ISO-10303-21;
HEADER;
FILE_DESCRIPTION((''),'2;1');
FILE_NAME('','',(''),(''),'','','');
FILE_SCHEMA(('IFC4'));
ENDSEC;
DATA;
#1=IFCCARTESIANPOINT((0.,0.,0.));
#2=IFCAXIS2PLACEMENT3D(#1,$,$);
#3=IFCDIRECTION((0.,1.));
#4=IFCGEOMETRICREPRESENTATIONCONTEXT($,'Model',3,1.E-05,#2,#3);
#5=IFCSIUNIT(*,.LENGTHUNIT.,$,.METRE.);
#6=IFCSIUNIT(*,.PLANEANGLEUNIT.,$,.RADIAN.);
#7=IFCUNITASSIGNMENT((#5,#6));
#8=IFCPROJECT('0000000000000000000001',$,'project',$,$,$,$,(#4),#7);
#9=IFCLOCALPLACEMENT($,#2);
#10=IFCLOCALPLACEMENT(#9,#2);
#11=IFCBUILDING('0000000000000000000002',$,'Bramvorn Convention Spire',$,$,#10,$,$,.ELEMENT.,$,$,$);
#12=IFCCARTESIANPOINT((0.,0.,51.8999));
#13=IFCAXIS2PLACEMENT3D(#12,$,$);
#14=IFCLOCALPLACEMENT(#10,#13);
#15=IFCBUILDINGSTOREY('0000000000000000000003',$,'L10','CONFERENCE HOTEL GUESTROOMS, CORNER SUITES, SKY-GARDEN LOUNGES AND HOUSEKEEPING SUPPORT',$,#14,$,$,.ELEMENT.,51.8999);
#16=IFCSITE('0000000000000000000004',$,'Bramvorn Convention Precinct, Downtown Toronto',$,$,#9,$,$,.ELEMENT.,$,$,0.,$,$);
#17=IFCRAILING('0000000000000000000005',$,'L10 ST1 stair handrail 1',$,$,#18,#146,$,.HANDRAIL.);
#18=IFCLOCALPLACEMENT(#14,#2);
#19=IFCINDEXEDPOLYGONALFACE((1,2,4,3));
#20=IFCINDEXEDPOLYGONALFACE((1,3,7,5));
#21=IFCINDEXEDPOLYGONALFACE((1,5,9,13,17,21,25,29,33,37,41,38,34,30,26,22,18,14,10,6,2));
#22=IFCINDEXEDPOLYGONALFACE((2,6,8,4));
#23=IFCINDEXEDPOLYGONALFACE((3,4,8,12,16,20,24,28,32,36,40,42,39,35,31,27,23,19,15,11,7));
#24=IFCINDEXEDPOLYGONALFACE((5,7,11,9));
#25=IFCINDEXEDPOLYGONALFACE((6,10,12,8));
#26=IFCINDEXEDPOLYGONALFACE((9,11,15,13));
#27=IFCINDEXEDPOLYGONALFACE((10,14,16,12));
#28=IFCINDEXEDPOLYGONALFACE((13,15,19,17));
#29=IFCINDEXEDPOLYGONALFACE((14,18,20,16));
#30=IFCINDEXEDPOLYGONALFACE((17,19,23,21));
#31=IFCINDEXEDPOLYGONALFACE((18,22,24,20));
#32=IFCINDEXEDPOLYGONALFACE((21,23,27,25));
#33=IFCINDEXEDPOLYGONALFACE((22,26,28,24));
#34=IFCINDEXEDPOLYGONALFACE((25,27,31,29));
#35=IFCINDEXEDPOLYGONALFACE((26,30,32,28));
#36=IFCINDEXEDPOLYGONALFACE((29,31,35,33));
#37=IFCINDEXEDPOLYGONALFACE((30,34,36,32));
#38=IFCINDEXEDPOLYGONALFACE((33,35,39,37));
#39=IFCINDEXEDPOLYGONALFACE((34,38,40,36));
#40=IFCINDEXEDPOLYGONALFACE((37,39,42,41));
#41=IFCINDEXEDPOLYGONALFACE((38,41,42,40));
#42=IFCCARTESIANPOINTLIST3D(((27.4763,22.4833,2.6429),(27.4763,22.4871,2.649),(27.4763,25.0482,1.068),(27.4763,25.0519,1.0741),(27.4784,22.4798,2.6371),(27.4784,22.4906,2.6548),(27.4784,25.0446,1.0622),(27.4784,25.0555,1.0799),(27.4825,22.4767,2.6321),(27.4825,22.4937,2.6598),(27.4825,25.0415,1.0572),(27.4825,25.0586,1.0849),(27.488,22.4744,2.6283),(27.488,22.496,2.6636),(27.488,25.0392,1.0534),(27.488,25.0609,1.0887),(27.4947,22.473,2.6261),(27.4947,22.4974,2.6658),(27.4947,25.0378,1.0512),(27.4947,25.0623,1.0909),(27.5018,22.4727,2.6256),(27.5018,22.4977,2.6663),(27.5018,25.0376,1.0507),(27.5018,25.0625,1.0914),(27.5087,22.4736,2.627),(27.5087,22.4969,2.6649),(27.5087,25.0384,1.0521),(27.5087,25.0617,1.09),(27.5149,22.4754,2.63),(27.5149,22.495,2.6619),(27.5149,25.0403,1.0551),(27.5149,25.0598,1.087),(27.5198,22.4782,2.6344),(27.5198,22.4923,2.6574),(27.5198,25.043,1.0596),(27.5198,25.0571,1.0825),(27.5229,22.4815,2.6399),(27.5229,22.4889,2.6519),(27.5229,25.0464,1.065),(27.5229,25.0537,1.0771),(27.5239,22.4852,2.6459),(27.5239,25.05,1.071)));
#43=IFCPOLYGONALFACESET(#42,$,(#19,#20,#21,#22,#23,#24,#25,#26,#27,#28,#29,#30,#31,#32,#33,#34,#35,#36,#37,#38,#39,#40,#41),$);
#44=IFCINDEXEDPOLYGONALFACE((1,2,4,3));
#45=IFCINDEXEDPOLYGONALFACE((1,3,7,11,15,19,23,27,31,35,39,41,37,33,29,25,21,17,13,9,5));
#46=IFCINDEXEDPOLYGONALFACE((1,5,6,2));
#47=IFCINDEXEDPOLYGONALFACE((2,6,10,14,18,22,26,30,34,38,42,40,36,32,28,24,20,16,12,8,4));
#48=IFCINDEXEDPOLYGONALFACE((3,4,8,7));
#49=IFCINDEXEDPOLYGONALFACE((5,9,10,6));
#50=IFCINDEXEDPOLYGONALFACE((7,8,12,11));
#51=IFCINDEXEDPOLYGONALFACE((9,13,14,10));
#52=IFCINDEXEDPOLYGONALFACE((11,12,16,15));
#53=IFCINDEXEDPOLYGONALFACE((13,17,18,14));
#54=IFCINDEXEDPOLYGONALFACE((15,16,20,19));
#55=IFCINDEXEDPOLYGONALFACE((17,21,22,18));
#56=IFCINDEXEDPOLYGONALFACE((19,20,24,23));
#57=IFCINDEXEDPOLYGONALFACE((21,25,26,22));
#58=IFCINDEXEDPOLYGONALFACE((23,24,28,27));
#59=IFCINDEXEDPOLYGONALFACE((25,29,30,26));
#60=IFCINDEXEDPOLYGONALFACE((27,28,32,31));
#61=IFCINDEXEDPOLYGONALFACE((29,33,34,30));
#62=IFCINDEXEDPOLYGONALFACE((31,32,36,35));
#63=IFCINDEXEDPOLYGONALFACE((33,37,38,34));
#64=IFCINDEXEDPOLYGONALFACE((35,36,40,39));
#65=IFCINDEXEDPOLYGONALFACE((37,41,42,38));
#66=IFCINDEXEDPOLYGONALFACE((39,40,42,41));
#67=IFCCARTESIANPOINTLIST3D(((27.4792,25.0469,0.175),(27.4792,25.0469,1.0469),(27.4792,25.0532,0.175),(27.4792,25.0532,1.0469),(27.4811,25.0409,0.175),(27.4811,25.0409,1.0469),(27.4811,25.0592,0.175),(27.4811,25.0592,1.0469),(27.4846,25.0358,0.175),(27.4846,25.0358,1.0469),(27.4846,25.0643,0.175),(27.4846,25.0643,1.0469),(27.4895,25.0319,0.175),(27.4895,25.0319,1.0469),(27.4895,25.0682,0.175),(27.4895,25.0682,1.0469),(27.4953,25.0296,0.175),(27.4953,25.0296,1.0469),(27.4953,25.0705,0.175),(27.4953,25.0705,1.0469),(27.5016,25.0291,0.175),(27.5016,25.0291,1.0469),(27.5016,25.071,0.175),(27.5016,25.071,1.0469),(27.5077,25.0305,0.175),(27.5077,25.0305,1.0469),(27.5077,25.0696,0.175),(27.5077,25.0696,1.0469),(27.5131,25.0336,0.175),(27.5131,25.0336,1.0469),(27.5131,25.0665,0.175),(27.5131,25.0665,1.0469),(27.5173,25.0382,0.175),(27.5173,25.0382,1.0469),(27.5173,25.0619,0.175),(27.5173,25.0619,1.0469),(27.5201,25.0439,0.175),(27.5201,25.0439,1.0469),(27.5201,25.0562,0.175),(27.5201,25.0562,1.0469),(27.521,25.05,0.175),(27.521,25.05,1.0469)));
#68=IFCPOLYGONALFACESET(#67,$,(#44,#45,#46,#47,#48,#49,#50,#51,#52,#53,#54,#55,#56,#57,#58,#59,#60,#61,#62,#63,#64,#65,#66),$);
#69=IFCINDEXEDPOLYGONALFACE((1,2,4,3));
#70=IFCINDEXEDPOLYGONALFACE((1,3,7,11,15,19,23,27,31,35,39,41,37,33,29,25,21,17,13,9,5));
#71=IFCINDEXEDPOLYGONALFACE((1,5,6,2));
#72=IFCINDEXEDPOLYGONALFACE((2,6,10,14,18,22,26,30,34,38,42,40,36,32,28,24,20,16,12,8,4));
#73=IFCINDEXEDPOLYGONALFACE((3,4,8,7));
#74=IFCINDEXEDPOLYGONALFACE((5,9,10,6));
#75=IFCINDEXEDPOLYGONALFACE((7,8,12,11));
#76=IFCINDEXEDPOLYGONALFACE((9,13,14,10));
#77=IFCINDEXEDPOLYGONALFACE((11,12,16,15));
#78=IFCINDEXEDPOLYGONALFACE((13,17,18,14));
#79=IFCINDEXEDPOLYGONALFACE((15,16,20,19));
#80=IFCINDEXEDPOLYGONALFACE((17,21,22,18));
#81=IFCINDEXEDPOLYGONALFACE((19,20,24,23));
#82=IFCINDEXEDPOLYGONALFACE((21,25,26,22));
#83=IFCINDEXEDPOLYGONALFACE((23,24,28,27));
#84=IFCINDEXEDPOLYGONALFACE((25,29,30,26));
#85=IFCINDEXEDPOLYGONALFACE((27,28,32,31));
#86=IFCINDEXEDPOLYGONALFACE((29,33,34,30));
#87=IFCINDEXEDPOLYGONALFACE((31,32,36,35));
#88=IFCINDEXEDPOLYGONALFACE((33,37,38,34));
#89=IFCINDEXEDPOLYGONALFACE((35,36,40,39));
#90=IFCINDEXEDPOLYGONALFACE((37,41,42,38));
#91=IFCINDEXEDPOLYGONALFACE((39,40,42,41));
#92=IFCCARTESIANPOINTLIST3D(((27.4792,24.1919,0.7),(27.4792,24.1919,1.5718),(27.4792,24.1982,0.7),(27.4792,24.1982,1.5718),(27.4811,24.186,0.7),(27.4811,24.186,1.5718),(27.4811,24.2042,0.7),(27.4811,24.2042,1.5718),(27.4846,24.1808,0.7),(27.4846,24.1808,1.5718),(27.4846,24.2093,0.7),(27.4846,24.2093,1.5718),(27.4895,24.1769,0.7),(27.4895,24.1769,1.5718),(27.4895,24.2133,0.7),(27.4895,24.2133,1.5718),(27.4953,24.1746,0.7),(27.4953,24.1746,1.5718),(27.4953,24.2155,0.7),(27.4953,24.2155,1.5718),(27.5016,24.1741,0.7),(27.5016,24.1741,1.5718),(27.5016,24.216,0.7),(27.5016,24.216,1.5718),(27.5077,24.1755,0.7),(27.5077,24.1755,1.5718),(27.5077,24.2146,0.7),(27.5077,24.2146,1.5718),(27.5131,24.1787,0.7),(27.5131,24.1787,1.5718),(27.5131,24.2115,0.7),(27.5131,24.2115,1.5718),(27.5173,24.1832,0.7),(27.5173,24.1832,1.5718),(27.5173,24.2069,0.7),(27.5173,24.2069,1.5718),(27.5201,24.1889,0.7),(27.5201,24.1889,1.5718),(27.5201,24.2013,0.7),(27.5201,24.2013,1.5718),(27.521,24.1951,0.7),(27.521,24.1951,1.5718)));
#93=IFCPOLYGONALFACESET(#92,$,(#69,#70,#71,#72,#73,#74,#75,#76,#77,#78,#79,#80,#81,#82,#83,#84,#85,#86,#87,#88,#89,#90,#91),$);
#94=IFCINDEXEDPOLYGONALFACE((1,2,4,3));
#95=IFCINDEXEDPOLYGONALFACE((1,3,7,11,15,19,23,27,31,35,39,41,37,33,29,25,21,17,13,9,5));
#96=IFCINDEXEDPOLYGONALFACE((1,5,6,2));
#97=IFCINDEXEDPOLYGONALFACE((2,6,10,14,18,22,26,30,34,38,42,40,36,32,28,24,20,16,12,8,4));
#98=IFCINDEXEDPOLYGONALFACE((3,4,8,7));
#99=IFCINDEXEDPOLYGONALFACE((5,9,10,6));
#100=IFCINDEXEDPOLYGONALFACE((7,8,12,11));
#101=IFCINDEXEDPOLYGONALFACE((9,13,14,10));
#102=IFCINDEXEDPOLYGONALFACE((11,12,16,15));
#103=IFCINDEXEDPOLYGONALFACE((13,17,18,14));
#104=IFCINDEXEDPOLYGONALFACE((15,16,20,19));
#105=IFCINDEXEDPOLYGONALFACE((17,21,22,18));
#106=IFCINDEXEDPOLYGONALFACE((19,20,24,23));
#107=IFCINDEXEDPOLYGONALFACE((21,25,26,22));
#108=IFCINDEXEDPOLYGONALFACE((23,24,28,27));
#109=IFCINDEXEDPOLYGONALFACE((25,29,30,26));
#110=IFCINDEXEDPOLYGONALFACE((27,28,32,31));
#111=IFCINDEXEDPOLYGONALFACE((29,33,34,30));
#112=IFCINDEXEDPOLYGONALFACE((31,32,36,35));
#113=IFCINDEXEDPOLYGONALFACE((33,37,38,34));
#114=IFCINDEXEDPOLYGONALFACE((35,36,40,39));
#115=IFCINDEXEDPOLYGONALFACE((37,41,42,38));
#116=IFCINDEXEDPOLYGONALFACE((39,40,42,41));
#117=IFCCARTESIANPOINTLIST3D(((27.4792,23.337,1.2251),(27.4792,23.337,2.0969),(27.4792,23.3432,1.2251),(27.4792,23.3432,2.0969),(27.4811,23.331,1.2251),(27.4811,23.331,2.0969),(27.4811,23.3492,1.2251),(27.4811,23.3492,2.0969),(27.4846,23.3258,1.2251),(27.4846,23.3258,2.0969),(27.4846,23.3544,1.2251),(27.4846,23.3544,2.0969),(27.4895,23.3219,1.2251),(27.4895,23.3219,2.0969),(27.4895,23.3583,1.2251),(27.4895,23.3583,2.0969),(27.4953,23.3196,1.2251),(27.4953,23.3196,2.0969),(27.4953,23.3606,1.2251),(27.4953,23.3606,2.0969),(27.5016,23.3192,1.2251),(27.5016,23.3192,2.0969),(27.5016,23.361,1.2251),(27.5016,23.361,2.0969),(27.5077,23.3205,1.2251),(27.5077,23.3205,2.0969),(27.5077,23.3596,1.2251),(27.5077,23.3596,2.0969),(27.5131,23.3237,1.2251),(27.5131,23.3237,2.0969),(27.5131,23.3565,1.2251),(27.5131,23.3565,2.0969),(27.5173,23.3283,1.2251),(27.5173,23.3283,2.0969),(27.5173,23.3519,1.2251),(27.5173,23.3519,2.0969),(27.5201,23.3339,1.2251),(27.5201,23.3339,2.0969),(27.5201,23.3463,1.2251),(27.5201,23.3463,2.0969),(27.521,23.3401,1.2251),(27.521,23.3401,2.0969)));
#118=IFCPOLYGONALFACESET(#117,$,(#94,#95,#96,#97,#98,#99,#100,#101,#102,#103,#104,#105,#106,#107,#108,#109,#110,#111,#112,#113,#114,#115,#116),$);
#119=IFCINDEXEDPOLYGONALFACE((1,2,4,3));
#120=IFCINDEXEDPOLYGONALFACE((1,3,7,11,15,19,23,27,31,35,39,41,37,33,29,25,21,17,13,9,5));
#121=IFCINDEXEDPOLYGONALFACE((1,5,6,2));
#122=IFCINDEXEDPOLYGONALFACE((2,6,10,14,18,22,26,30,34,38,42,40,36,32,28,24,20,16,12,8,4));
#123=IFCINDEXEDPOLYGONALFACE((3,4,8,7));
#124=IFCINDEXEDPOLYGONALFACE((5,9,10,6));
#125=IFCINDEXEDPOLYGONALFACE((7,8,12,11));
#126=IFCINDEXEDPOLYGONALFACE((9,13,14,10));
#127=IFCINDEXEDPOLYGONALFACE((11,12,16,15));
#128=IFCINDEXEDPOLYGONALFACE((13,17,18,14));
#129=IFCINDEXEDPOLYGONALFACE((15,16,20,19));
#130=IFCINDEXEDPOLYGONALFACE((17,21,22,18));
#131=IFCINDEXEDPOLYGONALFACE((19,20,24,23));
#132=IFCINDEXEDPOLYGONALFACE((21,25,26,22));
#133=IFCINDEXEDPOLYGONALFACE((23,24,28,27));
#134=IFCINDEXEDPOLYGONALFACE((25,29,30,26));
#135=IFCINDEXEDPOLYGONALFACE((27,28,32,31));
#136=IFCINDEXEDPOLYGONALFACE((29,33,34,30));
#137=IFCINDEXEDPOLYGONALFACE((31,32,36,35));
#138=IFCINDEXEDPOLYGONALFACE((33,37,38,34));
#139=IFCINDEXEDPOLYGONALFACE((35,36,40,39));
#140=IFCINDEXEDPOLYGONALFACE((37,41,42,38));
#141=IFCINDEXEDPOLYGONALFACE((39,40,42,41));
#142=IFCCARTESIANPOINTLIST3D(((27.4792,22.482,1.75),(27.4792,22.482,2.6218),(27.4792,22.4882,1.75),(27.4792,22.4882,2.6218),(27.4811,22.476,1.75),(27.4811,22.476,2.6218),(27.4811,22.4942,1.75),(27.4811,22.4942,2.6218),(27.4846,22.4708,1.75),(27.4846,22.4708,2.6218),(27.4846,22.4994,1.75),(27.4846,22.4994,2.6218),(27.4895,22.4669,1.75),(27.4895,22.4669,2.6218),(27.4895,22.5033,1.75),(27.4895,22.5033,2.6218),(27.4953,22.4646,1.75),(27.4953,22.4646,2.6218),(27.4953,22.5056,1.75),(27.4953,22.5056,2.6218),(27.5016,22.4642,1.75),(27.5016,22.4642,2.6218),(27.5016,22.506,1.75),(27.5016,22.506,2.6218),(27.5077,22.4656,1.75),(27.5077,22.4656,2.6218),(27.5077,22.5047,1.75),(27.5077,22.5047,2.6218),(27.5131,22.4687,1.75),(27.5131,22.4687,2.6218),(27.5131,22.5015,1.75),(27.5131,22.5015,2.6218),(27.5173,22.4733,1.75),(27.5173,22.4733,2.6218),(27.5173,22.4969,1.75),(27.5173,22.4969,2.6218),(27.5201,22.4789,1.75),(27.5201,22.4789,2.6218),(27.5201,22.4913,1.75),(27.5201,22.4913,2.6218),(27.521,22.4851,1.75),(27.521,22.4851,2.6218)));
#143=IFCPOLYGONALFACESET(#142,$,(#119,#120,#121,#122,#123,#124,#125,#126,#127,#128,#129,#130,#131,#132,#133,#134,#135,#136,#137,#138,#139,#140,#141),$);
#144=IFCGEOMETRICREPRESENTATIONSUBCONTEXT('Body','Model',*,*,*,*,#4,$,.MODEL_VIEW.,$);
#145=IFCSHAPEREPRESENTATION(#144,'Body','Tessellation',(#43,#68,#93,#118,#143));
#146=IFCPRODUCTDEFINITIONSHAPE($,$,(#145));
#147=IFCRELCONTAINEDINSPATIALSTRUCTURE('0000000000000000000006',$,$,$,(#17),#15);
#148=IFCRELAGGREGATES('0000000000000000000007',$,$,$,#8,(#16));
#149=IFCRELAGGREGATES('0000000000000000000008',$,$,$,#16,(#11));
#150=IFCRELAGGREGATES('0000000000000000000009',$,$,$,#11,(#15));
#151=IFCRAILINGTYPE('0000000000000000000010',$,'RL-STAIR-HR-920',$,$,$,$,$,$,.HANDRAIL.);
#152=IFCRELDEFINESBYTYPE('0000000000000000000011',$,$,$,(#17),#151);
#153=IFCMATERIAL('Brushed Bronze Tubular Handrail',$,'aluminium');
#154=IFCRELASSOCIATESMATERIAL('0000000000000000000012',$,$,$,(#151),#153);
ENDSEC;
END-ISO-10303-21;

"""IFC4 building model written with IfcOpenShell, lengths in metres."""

from ifc_helpers import new_model, si_unit, direction, frame, origin, origin_2d, place, context, subcontext, project, spatial, circle, extrude, material, type_object, element, save


model = new_model("IFC4")

# Units and contexts
model_context = context("Model", 3, precision=1e-05, world=origin(), true_north=direction((0.0, 1.0)))
body_context = subcontext(model_context, "Body", "Model", "MODEL_VIEW")
ifc_project = project(units=[si_unit("LENGTHUNIT", "METRE"), si_unit("PLANEANGLEUNIT", "RADIAN")], contexts=[model_context])

# Site, building, storey
site_placement = place(None, origin())
site = spatial("IfcSite", under=ifc_project, at=site_placement, Name="Bramvorn Convention Precinct, Downtown Toronto", CompositionType="ELEMENT", RefElevation=0.0)
building_placement = place(site_placement, origin())
building = spatial("IfcBuilding", under=site, at=building_placement, Name="Bramvorn Convention Spire", CompositionType="ELEMENT")
storey_placement = place(building_placement, frame((0.0, 0.0, 51.8999)))
storey = spatial("IfcBuildingStorey", under=building, at=storey_placement, Name="L10", Description="CONFERENCE HOTEL GUESTROOMS, CORNER SUITES, SKY-GARDEN LOUNGES AND HOUSEKEEPING SUPPORT", CompositionType="ELEMENT", Elevation=51.8999)

# Railing
ifc_material_1 = material(Name="Brushed Bronze Tubular Handrail", Category="aluminium")
railing_type_1 = type_object("IfcRailingType", Name="RL-STAIR-HR-920", PredefinedType="HANDRAIL", material=ifc_material_1)
railing_1_placement = place(storey_placement, frame((27.5, 25.05, 0.175)))
element("IfcRailing", 1, at=railing_1_placement, inside=storey, type_object=railing_type_1, Name="L10 ST1 stair handrail 1", PredefinedType="HANDRAIL", context=body_context, shape_type="SweptSolid", body=[
    extrude(circle(Radius=0.0239, at=origin_2d()), frame((0.0, 0.0, 0.896), z_axis=(0.0, -0.852173, 0.52326), x_axis=(1.0, 0.0, 0.0)), (0.0, 0.0, 1.0), 3.0098),
    extrude(circle(Radius=0.021, at=origin_2d()), origin(), (0.0, 0.0, 1.0), 0.8718),
    extrude(circle(Radius=0.021, at=origin_2d()), frame((0.0, -0.855, 0.5249)), (0.0, 0.0, 1.0), 0.8718),
    extrude(circle(Radius=0.021, at=origin_2d()), frame((0.0, -1.71, 1.05)), (0.0, 0.0, 1.0), 0.8718),
    extrude(circle(Radius=0.021, at=origin_2d()), frame((0.0, -2.5649, 1.575)), (0.0, 0.0, 1.0), 0.8718),
])

save(model, "model.ifc")
